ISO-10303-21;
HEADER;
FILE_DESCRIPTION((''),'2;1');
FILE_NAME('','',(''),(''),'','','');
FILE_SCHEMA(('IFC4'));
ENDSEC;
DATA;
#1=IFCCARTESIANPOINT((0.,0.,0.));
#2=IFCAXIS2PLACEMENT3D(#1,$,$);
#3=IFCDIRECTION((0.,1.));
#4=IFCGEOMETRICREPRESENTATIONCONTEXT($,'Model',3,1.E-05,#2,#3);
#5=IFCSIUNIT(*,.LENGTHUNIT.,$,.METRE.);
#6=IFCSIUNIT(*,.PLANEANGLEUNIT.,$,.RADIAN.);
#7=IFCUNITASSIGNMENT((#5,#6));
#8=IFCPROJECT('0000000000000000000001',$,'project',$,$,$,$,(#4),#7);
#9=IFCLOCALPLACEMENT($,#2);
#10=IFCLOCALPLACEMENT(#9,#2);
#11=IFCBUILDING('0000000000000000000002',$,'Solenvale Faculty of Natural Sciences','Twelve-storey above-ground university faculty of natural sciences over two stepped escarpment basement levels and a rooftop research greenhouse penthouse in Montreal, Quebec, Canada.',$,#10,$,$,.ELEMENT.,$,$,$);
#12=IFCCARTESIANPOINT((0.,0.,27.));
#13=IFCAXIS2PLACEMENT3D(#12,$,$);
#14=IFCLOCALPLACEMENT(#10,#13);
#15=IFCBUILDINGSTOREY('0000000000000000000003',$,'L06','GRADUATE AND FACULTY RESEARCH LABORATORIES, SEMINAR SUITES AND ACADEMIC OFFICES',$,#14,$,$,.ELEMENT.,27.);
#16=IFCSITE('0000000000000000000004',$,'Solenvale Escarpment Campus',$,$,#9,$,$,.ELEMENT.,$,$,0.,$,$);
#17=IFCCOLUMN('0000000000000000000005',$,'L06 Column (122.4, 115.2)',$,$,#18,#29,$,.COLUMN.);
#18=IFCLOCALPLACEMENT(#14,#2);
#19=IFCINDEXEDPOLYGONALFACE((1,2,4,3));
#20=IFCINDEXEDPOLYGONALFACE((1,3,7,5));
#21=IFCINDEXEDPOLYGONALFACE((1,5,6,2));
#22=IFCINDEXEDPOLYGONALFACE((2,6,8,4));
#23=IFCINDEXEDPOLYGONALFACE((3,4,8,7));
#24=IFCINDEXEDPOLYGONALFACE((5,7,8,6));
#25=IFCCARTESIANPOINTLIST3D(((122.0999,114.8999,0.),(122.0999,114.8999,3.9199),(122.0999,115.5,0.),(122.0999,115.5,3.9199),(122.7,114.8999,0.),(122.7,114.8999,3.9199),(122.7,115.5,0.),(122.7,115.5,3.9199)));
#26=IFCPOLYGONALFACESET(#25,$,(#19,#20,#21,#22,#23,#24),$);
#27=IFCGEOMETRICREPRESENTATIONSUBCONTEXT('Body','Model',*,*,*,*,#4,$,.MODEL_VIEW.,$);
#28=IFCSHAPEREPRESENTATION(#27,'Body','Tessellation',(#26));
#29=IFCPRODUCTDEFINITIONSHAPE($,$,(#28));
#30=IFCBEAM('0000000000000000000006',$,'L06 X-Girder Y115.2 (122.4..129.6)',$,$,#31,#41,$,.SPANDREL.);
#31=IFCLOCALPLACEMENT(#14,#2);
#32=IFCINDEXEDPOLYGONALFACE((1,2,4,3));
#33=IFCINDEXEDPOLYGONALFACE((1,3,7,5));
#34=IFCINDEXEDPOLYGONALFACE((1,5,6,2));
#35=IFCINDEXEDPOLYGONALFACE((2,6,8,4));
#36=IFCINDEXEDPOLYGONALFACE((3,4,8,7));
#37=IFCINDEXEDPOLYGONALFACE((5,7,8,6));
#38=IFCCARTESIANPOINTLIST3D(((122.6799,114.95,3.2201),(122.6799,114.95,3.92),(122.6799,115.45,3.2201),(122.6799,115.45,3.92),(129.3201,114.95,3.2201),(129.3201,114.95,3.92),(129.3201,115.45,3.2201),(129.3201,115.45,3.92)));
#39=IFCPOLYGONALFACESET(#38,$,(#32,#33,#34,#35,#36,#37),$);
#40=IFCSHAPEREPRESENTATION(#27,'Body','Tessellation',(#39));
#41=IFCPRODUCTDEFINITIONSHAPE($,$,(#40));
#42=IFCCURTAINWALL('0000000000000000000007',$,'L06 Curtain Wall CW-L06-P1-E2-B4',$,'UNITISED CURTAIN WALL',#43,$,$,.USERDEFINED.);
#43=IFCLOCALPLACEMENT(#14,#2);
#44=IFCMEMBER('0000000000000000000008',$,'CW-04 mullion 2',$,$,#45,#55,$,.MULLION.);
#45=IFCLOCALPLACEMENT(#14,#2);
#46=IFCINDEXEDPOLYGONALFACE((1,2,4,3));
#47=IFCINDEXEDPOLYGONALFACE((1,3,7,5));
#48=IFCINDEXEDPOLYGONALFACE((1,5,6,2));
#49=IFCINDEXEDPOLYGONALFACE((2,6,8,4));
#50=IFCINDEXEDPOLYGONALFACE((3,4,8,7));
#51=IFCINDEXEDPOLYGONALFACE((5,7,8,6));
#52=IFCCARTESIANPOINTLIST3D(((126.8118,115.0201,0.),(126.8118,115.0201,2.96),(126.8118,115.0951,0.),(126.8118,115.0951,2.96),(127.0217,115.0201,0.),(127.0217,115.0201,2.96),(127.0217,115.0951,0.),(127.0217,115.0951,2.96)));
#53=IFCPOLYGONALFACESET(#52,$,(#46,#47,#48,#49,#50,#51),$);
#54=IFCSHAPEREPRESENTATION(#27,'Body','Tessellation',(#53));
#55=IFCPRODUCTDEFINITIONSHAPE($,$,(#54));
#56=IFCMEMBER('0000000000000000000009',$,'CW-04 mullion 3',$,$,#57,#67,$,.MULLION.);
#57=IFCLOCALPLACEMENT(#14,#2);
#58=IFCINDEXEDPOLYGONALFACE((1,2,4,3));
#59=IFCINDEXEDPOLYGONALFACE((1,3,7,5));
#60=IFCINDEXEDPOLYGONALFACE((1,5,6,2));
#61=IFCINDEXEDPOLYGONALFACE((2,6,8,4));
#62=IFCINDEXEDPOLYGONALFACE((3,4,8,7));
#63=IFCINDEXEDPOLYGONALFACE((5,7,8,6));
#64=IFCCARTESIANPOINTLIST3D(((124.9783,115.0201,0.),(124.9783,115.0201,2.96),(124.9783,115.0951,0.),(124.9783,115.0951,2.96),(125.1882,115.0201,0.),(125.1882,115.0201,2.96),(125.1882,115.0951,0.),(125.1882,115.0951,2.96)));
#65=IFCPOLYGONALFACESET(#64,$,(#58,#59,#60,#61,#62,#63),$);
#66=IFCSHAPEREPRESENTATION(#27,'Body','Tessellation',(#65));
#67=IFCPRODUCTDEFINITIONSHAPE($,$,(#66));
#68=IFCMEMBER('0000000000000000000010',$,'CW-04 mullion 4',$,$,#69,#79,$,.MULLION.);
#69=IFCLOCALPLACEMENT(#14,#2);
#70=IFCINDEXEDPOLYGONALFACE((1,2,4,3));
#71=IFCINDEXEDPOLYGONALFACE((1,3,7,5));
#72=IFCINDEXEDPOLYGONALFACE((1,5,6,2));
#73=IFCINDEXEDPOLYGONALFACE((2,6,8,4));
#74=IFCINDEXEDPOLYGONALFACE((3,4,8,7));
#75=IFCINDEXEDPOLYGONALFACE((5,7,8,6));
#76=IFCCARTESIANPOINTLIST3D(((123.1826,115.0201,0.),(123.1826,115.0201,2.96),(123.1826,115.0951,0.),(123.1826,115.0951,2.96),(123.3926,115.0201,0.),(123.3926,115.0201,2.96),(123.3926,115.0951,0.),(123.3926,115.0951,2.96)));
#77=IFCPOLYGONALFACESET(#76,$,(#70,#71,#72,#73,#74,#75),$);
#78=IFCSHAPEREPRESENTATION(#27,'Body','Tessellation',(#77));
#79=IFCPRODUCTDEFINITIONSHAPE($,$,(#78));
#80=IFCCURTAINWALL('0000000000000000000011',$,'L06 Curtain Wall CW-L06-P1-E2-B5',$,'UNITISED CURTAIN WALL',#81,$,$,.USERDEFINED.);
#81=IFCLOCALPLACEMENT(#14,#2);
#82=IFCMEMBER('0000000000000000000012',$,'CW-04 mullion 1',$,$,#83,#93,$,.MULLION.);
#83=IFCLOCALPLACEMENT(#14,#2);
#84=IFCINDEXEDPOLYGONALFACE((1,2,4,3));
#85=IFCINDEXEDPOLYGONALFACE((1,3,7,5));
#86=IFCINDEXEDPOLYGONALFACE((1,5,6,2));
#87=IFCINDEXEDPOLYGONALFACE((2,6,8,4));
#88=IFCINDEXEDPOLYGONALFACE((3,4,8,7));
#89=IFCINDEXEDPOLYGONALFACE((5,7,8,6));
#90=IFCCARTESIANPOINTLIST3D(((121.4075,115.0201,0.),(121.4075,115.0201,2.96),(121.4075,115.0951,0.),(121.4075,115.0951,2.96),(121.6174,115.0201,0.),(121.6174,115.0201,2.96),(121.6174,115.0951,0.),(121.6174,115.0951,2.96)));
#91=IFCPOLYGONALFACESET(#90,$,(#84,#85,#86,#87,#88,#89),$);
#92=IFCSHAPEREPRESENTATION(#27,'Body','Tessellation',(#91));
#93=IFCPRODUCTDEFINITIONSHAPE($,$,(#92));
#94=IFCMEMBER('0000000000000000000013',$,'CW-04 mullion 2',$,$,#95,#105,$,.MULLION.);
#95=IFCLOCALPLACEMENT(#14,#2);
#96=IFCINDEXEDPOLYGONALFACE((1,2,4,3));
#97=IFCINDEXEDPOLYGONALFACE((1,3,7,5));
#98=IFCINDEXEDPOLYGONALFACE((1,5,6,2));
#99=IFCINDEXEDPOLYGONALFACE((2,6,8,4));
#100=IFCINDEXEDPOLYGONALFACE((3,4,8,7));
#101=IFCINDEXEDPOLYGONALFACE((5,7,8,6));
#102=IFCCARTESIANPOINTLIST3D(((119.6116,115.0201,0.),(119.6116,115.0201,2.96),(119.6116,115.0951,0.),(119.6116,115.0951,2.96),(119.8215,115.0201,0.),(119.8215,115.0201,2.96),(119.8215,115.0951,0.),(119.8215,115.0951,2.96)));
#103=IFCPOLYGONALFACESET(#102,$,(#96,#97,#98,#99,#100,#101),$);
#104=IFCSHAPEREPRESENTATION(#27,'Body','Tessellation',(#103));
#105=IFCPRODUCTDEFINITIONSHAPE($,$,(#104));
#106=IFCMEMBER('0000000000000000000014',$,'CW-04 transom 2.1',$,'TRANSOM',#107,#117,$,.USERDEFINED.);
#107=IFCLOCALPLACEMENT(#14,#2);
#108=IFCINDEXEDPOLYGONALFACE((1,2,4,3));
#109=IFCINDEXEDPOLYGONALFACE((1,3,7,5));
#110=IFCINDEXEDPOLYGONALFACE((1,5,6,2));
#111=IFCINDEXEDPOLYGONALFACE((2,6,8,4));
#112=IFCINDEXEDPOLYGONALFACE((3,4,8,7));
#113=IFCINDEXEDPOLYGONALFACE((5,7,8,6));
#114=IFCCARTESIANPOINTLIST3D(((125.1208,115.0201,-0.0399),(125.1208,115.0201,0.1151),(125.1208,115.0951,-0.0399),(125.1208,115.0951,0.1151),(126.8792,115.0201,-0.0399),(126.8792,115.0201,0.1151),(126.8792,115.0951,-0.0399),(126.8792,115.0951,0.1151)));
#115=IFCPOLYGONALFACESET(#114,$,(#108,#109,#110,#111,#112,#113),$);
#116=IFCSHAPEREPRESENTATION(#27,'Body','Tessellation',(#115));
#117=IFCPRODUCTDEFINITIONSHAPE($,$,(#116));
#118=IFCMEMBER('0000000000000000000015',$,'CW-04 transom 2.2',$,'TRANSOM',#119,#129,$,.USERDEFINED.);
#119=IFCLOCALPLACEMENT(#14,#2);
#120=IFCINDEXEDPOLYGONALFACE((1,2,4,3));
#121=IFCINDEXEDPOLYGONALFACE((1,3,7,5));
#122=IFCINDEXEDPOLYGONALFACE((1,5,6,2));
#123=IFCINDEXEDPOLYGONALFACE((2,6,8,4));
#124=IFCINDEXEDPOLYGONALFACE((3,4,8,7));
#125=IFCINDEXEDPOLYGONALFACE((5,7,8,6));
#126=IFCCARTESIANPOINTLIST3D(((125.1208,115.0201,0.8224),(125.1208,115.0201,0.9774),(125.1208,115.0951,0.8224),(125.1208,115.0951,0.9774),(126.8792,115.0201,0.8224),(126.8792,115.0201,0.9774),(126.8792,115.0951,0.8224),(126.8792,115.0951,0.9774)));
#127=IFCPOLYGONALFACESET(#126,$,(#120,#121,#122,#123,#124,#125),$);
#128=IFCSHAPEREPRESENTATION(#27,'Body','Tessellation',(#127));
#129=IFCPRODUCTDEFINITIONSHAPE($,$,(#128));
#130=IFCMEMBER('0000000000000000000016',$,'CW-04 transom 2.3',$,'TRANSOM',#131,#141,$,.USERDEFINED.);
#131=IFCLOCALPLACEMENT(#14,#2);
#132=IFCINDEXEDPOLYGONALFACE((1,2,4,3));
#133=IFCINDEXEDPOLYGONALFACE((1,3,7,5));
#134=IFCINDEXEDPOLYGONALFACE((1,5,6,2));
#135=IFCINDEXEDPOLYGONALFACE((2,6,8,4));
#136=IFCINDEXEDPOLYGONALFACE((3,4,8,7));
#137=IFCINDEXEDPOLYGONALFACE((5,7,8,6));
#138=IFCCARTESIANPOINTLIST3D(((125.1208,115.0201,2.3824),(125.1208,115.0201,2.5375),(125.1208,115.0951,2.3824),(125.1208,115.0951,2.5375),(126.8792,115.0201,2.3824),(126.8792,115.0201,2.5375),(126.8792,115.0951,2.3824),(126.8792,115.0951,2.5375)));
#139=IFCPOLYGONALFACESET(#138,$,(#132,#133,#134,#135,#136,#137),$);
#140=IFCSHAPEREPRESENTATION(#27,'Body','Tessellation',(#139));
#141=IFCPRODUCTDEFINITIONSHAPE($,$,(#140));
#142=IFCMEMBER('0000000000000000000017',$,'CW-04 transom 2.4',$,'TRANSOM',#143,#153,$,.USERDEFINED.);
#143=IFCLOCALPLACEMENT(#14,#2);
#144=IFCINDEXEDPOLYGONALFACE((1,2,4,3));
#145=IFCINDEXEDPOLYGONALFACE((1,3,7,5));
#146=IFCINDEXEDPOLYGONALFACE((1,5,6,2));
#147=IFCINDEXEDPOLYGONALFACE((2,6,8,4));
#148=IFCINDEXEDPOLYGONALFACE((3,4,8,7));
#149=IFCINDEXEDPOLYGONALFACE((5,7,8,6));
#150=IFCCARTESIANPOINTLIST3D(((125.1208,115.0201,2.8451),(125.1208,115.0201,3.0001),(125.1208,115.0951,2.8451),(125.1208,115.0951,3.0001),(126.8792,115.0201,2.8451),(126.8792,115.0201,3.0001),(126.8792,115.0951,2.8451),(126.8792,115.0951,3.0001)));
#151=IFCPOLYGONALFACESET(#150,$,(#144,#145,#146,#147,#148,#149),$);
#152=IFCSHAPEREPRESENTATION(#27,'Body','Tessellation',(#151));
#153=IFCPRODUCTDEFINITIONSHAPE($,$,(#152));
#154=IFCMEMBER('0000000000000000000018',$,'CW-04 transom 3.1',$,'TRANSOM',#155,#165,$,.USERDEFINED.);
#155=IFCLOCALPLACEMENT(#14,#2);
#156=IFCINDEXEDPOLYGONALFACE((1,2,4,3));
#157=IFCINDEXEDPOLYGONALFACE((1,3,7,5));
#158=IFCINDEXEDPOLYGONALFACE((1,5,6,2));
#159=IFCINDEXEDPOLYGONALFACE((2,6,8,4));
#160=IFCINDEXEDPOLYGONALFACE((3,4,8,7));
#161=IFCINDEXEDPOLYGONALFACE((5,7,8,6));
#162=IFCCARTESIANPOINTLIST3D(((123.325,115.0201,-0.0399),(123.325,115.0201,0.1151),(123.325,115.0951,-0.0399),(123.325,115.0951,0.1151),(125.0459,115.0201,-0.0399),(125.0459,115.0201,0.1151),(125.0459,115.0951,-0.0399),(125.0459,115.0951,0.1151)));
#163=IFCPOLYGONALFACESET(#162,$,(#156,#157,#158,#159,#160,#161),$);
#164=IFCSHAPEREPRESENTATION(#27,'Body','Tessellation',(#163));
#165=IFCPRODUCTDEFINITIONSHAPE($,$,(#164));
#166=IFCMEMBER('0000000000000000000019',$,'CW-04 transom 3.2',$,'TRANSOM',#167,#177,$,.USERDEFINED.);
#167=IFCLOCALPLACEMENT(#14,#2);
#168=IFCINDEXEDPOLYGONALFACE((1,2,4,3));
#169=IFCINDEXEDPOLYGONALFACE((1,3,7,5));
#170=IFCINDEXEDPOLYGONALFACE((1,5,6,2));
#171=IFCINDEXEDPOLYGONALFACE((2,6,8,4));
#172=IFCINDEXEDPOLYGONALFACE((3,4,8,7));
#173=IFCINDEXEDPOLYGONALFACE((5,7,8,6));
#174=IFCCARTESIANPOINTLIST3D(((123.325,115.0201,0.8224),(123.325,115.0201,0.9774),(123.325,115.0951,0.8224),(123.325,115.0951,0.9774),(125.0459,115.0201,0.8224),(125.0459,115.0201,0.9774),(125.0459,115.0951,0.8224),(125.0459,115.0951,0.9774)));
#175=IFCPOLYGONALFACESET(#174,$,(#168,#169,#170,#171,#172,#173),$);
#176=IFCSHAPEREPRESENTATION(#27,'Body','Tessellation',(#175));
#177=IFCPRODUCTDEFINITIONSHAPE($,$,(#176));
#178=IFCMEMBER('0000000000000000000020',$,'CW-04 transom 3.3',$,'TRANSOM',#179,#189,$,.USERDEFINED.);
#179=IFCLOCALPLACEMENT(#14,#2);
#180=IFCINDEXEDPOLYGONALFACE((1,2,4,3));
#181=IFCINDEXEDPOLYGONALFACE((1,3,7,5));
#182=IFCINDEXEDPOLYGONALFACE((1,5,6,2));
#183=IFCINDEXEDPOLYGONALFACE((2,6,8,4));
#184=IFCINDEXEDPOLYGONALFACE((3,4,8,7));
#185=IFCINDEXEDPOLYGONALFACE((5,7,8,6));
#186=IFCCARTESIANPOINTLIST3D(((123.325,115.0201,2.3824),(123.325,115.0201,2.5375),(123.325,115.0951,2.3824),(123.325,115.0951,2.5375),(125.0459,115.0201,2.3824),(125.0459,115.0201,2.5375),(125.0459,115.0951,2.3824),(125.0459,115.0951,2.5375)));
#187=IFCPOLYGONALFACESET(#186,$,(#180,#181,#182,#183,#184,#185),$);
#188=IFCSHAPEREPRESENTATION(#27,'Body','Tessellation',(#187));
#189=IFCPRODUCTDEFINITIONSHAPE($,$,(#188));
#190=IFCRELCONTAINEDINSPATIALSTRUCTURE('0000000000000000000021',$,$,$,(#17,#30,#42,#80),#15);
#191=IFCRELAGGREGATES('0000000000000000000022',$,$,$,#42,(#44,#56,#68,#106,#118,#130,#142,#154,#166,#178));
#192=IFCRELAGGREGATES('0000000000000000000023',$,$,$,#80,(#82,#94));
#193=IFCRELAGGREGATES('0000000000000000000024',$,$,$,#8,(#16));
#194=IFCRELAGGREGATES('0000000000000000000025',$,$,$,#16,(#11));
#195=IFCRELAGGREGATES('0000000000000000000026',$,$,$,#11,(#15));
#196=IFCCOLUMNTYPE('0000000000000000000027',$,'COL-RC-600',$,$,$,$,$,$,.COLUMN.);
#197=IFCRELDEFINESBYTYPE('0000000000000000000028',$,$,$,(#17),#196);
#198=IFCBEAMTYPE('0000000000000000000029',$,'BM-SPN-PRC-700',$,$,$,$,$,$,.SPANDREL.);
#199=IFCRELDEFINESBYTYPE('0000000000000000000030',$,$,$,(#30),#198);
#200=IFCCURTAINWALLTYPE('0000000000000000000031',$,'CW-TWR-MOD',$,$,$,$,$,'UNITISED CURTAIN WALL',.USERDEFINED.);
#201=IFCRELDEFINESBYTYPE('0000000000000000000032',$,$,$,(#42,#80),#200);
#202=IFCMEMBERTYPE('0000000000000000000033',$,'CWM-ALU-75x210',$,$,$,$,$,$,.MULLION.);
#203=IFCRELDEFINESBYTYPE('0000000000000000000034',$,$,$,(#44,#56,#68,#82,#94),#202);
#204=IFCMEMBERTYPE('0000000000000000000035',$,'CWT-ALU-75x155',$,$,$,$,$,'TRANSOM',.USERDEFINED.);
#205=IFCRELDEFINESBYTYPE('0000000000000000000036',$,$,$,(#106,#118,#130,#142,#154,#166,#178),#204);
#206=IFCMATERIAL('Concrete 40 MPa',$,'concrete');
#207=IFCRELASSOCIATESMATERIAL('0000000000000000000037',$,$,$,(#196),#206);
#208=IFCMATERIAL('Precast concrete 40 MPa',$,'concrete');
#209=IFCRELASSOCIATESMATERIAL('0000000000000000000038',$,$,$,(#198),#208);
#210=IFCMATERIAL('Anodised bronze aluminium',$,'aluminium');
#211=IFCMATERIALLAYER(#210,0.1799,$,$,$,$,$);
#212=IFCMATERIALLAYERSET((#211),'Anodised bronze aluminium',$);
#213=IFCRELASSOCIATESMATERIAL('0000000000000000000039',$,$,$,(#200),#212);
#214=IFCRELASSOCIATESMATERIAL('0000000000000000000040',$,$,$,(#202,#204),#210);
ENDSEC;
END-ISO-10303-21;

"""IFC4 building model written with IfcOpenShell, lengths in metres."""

from ifc_helpers import new_model, si_unit, direction, frame, origin, origin_2d, place, context, subcontext, project, spatial, rectangle, extrude, material, layer, layer_set, material_profile, profile_set, type_object, element, aggregate, save


model = new_model("IFC4")

# Units and contexts
model_context = context("Model", 3, precision=1e-05, world=origin(), true_north=direction((0.0, 1.0)))
body_context = subcontext(model_context, "Body", "Model", "MODEL_VIEW")
ifc_project = project(units=[si_unit("LENGTHUNIT", "METRE"), si_unit("PLANEANGLEUNIT", "RADIAN")], contexts=[model_context])

# Site, building, storey
site_placement = place(None, origin())
site = spatial("IfcSite", under=ifc_project, at=site_placement, Name="Solenvale Escarpment Campus", CompositionType="ELEMENT", RefElevation=0.0)
building_placement = place(site_placement, origin())
building = spatial("IfcBuilding", under=site, at=building_placement, Name="Solenvale Faculty of Natural Sciences", Description="Twelve-storey above-ground university faculty of natural sciences over two stepped escarpment basement levels and a rooftop research greenhouse penthouse in Montreal, Quebec, Canada.", CompositionType="ELEMENT")
storey_placement = place(building_placement, frame((0.0, 0.0, 27.0)))
storey = spatial("IfcBuildingStorey", under=building, at=storey_placement, Name="L06", Description="GRADUATE AND FACULTY RESEARCH LABORATORIES, SEMINAR SUITES AND ACADEMIC OFFICES", CompositionType="ELEMENT", Elevation=27.0)

# Column
ifc_material_1 = material(Name="Concrete 40 MPa", Category="concrete")
ifc_material_profile_1 = material_profile(ifc_material_1, rectangle(XDim=0.6001, YDim=0.6001, at=origin_2d()), Name="RC-COL-600x600")
ifc_profile_set_1 = profile_set([ifc_material_profile_1], Name="Concrete 40 MPa")
column_type = type_object("IfcColumnType", Name="COL-RC-600", PredefinedType="COLUMN", material=ifc_profile_set_1)
column_placement = place(storey_placement, frame((122.3999, 115.2, 0.0), z_axis=(0.0, 0.0, 1.0), x_axis=(1.0, 0.0, 0.0)))
element("IfcColumn", 1, at=column_placement, inside=storey, type_object=column_type, Name="L06 Column (122.4, 115.2)", PredefinedType="COLUMN", context=body_context, shape_type="SweptSolid", body=[
    extrude(rectangle(XDim=0.6001, YDim=0.6001, at=origin_2d()), origin(), (0.0, 0.0, 1.0), 3.9199),
])

# Beam
ifc_material_2 = material(Name="Precast concrete 40 MPa", Category="concrete")
ifc_material_profile_2 = material_profile(ifc_material_2, rectangle(XDim=0.5, YDim=0.7, at=origin_2d()), Name="RC-BM-500x700")
ifc_profile_set_2 = profile_set([ifc_material_profile_2], Name="Precast concrete 40 MPa")
beam_type = type_object("IfcBeamType", Name="BM-SPN-PRC-700", PredefinedType="SPANDREL", material=ifc_profile_set_2)
beam_placement = place(storey_placement, frame((122.6799, 115.2, 3.5701), z_axis=(1.0, 0.0, 0.0), x_axis=(0.0, 1.0, 0.0)))
element("IfcBeam", 2, at=beam_placement, inside=storey, type_object=beam_type, Name="L06 X-Girder Y115.2 (122.4..129.6)", PredefinedType="SPANDREL", context=body_context, shape_type="SweptSolid", body=[
    extrude(rectangle(XDim=0.5, YDim=0.7, at=origin_2d()), origin(), (0.0, 0.0, 1.0), 6.6401),
])

# Curtain walls, members
ifc_material_3 = material(Name="Anodised bronze aluminium", Category="aluminium")
ifc_layer_1 = layer(ifc_material_3, 0.1799)
ifc_layer_set_1 = layer_set([ifc_layer_1], Name="Anodised bronze aluminium")
curtain_wall_type = type_object("IfcCurtainWallType", Name="CW-TWR-MOD", ElementType="UNITISED CURTAIN WALL", PredefinedType="USERDEFINED", material=ifc_layer_set_1)
curtain_wall_1_placement = place(storey_placement, origin())
curtain_wall_1 = element("IfcCurtainWall", 3, at=curtain_wall_1_placement, inside=storey, type_object=curtain_wall_type, Name="L06 Curtain Wall CW-L06-P1-E2-B4", ObjectType="UNITISED CURTAIN WALL", PredefinedType="USERDEFINED")
ifc_material_profile_3 = material_profile(ifc_material_3, rectangle(XDim=0.075, YDim=0.21, at=origin_2d()), Name="ALU-MUL-75x210")
ifc_profile_set_3 = profile_set([ifc_material_profile_3], Name="Anodised bronze aluminium")
member_type_1 = type_object("IfcMemberType", Name="CWM-ALU-75x210", PredefinedType="MULLION", material=ifc_profile_set_3)
member_1_placement = place(storey_placement, frame((126.9167, 115.0576, 0.0), z_axis=(0.0, 0.0, 1.0), x_axis=(0.0, -1.0, 0.0)))
member_1 = element("IfcMember", 4, at=member_1_placement, type_object=member_type_1, Name="CW-04 mullion 2", PredefinedType="MULLION", context=body_context, shape_type="SweptSolid", body=[
    extrude(rectangle(XDim=0.075, YDim=0.21, at=origin_2d()), origin(), (0.0, 0.0, 1.0), 2.96),
])
member_2_placement = place(storey_placement, frame((125.0833, 115.0576, 0.0), z_axis=(0.0, 0.0, 1.0), x_axis=(0.0, -1.0, 0.0)))
member_2 = element("IfcMember", 5, at=member_2_placement, type_object=member_type_1, Name="CW-04 mullion 3", PredefinedType="MULLION", context=body_context, shape_type="SweptSolid", body=[
    extrude(rectangle(XDim=0.075, YDim=0.21, at=origin_2d()), origin(), (0.0, 0.0, 1.0), 2.96),
])
member_3_placement = place(storey_placement, frame((123.2876, 115.0576, 0.0), z_axis=(0.0, 0.0, 1.0), x_axis=(0.0, -1.0, 0.0)))
member_3 = element("IfcMember", 6, at=member_3_placement, type_object=member_type_1, Name="CW-04 mullion 4", PredefinedType="MULLION", context=body_context, shape_type="SweptSolid", body=[
    extrude(rectangle(XDim=0.075, YDim=0.21, at=origin_2d()), origin(), (0.0, 0.0, 1.0), 2.96),
])
curtain_wall_2_placement = place(storey_placement, origin())
curtain_wall_2 = element("IfcCurtainWall", 7, at=curtain_wall_2_placement, inside=storey, type_object=curtain_wall_type, Name="L06 Curtain Wall CW-L06-P1-E2-B5", ObjectType="UNITISED CURTAIN WALL", PredefinedType="USERDEFINED")
member_4_placement = place(storey_placement, frame((121.5125, 115.0576, 0.0), z_axis=(0.0, 0.0, 1.0), x_axis=(0.0, -1.0, 0.0)))
member_4 = element("IfcMember", 8, at=member_4_placement, type_object=member_type_1, Name="CW-04 mullion 1", PredefinedType="MULLION", context=body_context, shape_type="SweptSolid", body=[
    extrude(rectangle(XDim=0.075, YDim=0.21, at=origin_2d()), origin(), (0.0, 0.0, 1.0), 2.96),
])
member_5_placement = place(storey_placement, frame((119.7166, 115.0576, 0.0), z_axis=(0.0, 0.0, 1.0), x_axis=(0.0, -1.0, 0.0)))
member_5 = element("IfcMember", 9, at=member_5_placement, type_object=member_type_1, Name="CW-04 mullion 2", PredefinedType="MULLION", context=body_context, shape_type="SweptSolid", body=[
    extrude(rectangle(XDim=0.075, YDim=0.21, at=origin_2d()), origin(), (0.0, 0.0, 1.0), 2.96),
])

# Members
ifc_material_profile_4 = material_profile(ifc_material_3, rectangle(XDim=0.075, YDim=0.155, at=origin_2d()), Name="ALU-TRN-75x155")
ifc_profile_set_4 = profile_set([ifc_material_profile_4], Name="Anodised bronze aluminium")
member_type_2 = type_object("IfcMemberType", Name="CWT-ALU-75x155", ElementType="TRANSOM", PredefinedType="USERDEFINED", material=ifc_profile_set_4)
member_6_placement = place(storey_placement, frame((126.8792, 115.0576, 0.0376), z_axis=(-1.0, 0.0, 0.0), x_axis=(0.0, -1.0, 0.0)))
member_6 = element("IfcMember", 10, at=member_6_placement, type_object=member_type_2, Name="CW-04 transom 2.1", ObjectType="TRANSOM", PredefinedType="USERDEFINED", context=body_context, shape_type="SweptSolid", body=[
    extrude(rectangle(XDim=0.075, YDim=0.155, at=origin_2d()), origin(), (0.0, 0.0, 1.0), 1.7583),
])
member_7_placement = place(storey_placement, frame((126.8792, 115.0576, 0.8999), z_axis=(-1.0, 0.0, 0.0), x_axis=(0.0, -1.0, 0.0)))
member_7 = element("IfcMember", 11, at=member_7_placement, type_object=member_type_2, Name="CW-04 transom 2.2", ObjectType="TRANSOM", PredefinedType="USERDEFINED", context=body_context, shape_type="SweptSolid", body=[
    extrude(rectangle(XDim=0.075, YDim=0.155, at=origin_2d()), origin(), (0.0, 0.0, 1.0), 1.7583),
])
member_8_placement = place(storey_placement, frame((126.8792, 115.0576, 2.46), z_axis=(-1.0, 0.0, 0.0), x_axis=(0.0, -1.0, 0.0)))
member_8 = element("IfcMember", 12, at=member_8_placement, type_object=member_type_2, Name="CW-04 transom 2.3", ObjectType="TRANSOM", PredefinedType="USERDEFINED", context=body_context, shape_type="SweptSolid", body=[
    extrude(rectangle(XDim=0.075, YDim=0.155, at=origin_2d()), origin(), (0.0, 0.0, 1.0), 1.7583),
])
member_9_placement = place(storey_placement, frame((126.8792, 115.0576, 2.9226), z_axis=(-1.0, 0.0, 0.0), x_axis=(0.0, -1.0, 0.0)))
member_9 = element("IfcMember", 13, at=member_9_placement, type_object=member_type_2, Name="CW-04 transom 2.4", ObjectType="TRANSOM", PredefinedType="USERDEFINED", context=body_context, shape_type="SweptSolid", body=[
    extrude(rectangle(XDim=0.075, YDim=0.155, at=origin_2d()), origin(), (0.0, 0.0, 1.0), 1.7583),
])
member_10_placement = place(storey_placement, frame((125.0459, 115.0576, 0.0376), z_axis=(-1.0, 0.0, 0.0), x_axis=(0.0, -1.0, 0.0)))
member_10 = element("IfcMember", 14, at=member_10_placement, type_object=member_type_2, Name="CW-04 transom 3.1", ObjectType="TRANSOM", PredefinedType="USERDEFINED", context=body_context, shape_type="SweptSolid", body=[
    extrude(rectangle(XDim=0.075, YDim=0.155, at=origin_2d()), origin(), (0.0, 0.0, 1.0), 1.7209),
])
member_11_placement = place(storey_placement, frame((125.0459, 115.0576, 0.8999), z_axis=(-1.0, 0.0, 0.0), x_axis=(0.0, -1.0, 0.0)))
member_11 = element("IfcMember", 15, at=member_11_placement, type_object=member_type_2, Name="CW-04 transom 3.2", ObjectType="TRANSOM", PredefinedType="USERDEFINED", context=body_context, shape_type="SweptSolid", body=[
    extrude(rectangle(XDim=0.075, YDim=0.155, at=origin_2d()), origin(), (0.0, 0.0, 1.0), 1.7209),
])
member_12_placement = place(storey_placement, frame((125.0459, 115.0576, 2.46), z_axis=(-1.0, 0.0, 0.0), x_axis=(0.0, -1.0, 0.0)))
member_12 = element("IfcMember", 16, at=member_12_placement, type_object=member_type_2, Name="CW-04 transom 3.3", ObjectType="TRANSOM", PredefinedType="USERDEFINED", context=body_context, shape_type="SweptSolid", body=[
    extrude(rectangle(XDim=0.075, YDim=0.155, at=origin_2d()), origin(), (0.0, 0.0, 1.0), 1.7209),
])

aggregate(curtain_wall_1, [member_1, member_2, member_3, member_6, member_7, member_8, member_9, member_10, member_11, member_12])
aggregate(curtain_wall_2, [member_4, member_5])

save(model, "model.ifc")
